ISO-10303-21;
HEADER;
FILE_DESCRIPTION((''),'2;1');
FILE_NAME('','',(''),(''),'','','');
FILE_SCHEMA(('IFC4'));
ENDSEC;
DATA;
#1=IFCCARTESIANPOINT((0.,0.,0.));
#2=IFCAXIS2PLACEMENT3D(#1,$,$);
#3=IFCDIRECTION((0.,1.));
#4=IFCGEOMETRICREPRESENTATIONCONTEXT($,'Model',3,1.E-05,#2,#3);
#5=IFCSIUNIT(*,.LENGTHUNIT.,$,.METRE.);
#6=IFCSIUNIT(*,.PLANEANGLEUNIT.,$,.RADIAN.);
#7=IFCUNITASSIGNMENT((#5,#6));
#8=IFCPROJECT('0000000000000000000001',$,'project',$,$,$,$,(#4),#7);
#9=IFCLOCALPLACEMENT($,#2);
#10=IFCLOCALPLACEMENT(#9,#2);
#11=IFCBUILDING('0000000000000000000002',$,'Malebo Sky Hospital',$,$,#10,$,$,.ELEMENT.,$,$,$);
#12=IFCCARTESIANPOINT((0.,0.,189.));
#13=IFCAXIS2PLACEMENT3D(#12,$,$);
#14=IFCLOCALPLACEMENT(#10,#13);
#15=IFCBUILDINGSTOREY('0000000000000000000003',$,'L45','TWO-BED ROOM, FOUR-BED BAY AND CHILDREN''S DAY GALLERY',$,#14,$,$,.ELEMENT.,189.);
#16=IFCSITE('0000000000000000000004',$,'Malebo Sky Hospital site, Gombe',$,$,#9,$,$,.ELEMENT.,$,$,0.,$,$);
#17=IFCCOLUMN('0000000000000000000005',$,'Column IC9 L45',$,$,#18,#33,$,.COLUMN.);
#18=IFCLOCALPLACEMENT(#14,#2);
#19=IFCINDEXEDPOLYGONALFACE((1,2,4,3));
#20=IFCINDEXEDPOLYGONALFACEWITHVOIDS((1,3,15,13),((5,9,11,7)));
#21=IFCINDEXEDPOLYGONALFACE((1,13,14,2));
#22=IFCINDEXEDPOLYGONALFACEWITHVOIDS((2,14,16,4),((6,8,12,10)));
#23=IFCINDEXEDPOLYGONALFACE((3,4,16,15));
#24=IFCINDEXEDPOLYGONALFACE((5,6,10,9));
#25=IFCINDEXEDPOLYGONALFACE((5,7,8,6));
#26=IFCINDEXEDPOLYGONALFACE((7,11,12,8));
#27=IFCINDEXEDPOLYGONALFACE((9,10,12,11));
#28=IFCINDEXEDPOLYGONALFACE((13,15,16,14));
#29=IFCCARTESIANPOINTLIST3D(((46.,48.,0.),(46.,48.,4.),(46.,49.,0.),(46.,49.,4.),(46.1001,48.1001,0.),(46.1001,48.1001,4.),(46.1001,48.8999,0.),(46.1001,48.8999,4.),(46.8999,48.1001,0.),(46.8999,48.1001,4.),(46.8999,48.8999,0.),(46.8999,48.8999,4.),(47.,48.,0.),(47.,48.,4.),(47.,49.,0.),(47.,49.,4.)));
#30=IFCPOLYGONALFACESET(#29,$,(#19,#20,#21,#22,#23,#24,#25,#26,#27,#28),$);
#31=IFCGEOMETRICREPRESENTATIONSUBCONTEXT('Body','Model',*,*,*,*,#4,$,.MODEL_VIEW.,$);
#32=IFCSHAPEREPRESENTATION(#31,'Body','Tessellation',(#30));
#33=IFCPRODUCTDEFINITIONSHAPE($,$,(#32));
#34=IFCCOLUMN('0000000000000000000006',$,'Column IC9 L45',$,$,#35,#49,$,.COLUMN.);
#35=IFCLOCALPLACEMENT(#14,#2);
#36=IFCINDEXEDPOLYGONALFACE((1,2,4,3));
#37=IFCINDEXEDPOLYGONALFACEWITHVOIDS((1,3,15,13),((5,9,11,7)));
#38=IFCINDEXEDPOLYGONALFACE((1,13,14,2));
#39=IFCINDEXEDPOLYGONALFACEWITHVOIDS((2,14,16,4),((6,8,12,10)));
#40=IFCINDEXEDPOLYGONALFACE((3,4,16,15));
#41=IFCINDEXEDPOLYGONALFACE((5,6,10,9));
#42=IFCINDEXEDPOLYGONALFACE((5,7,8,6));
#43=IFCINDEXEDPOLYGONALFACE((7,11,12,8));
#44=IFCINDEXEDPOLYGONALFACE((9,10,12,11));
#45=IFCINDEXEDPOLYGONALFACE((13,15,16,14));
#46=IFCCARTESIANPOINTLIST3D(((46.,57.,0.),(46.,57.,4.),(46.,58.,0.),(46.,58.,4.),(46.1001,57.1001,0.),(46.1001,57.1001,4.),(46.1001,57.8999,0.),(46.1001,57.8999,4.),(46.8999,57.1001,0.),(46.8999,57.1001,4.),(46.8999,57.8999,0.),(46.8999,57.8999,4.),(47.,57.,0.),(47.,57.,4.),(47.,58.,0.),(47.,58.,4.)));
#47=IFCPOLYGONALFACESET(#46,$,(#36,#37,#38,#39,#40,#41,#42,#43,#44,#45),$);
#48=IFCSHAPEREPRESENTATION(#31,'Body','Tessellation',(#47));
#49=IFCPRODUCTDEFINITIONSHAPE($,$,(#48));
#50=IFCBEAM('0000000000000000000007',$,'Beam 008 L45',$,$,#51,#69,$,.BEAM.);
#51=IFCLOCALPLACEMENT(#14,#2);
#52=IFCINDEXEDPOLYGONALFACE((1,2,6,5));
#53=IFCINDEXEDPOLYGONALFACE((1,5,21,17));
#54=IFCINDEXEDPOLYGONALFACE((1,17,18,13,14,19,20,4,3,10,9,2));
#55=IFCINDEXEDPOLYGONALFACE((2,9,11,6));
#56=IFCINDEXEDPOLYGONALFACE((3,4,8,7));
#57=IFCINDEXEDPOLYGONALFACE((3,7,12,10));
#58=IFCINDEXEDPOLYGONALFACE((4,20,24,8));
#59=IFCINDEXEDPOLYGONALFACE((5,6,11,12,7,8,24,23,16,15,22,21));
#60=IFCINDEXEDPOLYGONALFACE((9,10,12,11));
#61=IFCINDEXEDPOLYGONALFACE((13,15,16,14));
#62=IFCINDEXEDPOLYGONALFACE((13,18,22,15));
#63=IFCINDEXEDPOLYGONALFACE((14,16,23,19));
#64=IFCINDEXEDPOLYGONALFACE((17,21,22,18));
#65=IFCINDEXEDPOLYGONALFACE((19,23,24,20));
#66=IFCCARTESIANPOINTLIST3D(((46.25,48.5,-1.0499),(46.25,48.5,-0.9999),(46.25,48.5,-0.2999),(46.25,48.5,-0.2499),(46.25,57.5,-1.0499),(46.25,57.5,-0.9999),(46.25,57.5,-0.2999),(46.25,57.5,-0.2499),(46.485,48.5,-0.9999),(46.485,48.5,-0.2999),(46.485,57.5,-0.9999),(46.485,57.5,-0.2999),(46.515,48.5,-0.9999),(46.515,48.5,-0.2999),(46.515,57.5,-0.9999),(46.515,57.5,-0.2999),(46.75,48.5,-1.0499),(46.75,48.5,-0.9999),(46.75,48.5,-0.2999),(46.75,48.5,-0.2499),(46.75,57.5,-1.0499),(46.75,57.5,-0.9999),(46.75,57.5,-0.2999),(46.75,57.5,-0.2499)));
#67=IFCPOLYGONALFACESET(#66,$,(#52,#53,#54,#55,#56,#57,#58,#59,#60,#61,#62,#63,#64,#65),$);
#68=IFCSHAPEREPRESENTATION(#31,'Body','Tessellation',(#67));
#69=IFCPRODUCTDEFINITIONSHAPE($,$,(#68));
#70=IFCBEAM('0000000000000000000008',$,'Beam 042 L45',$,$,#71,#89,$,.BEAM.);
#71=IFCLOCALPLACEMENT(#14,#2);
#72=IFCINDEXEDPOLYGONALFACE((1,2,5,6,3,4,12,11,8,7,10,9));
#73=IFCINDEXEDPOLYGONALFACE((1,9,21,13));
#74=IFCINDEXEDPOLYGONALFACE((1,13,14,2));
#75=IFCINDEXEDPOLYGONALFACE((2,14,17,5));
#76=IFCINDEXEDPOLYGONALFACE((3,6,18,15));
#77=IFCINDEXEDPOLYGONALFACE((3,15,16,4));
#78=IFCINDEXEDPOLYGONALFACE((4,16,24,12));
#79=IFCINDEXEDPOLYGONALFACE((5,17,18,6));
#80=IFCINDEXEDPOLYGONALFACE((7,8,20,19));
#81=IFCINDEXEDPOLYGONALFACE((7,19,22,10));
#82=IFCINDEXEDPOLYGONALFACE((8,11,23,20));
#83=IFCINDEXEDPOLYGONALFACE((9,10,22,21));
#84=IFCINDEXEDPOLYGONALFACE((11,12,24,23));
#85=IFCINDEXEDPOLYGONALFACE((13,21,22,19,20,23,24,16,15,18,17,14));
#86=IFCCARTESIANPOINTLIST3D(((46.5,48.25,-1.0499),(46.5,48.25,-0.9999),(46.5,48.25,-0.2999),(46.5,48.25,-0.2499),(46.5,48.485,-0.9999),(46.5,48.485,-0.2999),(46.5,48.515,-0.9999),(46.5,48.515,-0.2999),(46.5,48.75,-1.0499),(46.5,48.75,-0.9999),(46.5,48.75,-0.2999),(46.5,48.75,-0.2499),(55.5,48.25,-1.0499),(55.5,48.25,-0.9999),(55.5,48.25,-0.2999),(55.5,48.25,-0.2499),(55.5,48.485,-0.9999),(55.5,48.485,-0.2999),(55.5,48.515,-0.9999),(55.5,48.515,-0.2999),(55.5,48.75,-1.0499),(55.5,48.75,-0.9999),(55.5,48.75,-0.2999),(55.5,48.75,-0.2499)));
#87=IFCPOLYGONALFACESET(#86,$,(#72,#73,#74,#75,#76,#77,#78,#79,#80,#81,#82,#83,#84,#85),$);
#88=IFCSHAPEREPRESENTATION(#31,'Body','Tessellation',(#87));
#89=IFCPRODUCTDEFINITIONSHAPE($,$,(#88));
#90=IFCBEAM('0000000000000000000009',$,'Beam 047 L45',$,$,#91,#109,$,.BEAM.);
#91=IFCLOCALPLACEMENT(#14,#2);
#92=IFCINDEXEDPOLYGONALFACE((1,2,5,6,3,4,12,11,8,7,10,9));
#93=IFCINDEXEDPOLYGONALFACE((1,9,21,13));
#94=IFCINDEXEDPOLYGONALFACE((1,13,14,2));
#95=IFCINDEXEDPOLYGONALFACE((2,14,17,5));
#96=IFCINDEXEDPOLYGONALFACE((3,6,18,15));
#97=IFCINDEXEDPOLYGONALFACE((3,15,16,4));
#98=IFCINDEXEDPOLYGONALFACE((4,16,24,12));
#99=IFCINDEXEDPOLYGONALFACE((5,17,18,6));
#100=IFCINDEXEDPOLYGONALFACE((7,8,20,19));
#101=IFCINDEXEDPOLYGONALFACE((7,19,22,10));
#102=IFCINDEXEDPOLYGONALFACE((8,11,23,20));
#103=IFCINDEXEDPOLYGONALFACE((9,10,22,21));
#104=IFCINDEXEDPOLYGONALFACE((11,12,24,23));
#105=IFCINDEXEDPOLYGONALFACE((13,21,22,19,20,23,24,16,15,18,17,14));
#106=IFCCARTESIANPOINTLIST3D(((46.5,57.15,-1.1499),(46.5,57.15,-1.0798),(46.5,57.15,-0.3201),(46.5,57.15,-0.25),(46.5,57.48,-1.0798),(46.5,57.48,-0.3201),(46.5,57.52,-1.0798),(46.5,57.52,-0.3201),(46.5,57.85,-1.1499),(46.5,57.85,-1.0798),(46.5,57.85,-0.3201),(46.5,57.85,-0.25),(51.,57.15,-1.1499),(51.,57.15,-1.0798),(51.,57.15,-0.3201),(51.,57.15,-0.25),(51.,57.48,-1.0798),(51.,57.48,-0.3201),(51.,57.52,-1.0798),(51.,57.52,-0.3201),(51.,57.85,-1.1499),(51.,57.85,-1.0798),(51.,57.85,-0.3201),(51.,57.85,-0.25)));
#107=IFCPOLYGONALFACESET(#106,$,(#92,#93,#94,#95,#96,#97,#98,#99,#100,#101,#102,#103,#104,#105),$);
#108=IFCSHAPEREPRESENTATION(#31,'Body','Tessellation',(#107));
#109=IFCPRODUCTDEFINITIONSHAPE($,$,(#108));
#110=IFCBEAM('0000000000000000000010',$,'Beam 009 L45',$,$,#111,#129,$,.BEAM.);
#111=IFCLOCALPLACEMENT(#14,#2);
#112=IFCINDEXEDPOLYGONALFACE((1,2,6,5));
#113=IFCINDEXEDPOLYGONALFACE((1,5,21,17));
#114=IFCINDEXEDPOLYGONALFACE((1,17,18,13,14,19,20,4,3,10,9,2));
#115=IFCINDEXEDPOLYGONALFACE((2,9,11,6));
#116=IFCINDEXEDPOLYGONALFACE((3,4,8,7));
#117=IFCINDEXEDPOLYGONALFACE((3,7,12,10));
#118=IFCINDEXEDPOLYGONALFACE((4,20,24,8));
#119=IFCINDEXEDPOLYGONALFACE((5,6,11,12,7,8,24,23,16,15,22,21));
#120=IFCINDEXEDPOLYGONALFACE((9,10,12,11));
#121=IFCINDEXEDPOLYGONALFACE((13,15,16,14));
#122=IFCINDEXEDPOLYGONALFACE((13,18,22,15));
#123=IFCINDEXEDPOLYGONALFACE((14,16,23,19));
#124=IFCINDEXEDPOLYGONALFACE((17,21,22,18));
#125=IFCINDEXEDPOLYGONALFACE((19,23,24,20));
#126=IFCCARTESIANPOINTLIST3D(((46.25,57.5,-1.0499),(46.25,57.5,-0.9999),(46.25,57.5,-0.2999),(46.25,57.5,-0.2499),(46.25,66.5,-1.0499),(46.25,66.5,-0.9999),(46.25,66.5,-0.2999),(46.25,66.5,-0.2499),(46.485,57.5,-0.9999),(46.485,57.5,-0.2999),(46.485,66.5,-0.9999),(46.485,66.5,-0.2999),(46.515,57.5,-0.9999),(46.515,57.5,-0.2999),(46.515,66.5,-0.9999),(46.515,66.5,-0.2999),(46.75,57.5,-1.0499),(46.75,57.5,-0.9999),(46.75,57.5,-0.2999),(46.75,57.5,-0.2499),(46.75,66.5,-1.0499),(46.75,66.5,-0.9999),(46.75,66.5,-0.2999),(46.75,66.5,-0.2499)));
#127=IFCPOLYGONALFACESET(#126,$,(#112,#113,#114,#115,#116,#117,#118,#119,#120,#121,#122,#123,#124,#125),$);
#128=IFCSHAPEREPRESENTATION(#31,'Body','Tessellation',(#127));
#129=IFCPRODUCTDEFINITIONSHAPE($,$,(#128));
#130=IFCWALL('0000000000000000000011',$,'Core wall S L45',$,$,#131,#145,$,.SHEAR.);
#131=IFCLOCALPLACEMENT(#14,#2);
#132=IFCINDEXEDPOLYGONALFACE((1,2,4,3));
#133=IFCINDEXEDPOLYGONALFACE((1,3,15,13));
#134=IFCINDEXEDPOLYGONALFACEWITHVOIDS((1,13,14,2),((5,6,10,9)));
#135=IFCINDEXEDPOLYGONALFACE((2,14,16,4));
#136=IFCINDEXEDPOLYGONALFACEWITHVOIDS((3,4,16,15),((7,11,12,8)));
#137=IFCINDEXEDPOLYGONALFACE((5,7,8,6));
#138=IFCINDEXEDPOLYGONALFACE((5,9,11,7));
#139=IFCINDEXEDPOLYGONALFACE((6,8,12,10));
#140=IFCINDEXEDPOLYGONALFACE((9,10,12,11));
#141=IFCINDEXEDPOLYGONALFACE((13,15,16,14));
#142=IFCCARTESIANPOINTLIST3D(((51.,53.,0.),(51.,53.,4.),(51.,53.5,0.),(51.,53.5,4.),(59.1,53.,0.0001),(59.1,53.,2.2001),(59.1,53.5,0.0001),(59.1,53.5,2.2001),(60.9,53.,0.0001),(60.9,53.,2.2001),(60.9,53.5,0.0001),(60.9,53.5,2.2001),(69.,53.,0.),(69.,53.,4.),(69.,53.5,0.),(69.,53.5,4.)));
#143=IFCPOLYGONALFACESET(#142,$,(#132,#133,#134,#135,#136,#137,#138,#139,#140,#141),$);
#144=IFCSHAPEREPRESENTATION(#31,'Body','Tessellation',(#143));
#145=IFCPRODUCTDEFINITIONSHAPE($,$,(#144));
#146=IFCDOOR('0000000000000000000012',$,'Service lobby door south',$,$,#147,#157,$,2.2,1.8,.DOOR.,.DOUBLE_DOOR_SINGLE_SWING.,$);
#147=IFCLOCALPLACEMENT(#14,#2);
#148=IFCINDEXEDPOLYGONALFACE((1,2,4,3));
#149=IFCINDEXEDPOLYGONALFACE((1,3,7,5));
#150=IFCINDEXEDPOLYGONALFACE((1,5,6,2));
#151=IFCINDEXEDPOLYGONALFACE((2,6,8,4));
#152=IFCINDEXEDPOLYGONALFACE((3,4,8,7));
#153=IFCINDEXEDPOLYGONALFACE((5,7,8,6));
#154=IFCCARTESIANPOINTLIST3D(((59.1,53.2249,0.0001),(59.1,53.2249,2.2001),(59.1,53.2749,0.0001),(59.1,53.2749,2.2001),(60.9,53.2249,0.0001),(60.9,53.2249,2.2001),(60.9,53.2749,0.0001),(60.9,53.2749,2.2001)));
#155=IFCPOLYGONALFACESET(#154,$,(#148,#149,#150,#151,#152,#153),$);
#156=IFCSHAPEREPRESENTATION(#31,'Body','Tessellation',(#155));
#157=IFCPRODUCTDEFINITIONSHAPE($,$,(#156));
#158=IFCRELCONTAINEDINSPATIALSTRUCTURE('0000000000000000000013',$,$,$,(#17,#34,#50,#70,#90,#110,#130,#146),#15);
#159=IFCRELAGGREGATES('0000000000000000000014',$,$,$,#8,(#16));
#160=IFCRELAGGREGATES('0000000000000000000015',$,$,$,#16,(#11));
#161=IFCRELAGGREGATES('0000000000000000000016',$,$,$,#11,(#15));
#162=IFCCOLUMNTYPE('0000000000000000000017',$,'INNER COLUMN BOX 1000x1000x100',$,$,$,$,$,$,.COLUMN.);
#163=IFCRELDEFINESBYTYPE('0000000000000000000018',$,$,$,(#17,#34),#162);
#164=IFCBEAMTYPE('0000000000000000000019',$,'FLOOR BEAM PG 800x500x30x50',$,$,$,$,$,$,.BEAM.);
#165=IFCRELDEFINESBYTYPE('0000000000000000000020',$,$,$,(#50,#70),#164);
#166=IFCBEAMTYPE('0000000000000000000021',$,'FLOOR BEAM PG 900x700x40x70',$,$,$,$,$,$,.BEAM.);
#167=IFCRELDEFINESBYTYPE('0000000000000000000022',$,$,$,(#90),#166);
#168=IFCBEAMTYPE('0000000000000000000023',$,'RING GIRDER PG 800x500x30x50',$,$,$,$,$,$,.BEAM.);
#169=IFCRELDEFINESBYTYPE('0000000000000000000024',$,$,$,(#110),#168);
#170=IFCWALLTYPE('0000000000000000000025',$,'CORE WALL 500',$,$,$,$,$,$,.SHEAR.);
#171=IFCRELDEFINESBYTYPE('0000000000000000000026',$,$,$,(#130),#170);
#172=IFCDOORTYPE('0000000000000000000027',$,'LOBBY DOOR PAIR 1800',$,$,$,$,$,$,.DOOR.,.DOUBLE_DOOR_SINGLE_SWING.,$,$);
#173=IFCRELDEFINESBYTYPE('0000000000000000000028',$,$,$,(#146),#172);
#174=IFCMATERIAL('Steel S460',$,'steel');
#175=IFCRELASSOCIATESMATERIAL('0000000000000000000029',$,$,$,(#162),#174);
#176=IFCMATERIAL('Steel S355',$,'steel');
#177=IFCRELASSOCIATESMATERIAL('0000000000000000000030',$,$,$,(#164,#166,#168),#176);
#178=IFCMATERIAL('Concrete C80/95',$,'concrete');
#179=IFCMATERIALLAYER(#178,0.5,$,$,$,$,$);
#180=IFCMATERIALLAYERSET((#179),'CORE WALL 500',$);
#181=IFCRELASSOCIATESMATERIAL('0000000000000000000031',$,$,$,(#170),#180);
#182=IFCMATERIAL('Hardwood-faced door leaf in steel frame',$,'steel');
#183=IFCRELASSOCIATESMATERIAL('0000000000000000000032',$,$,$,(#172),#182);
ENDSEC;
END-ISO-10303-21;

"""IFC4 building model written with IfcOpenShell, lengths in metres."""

from ifc_helpers import new_model, si_unit, direction, frame, frame_2d, origin, origin_2d, place, context, subcontext, project, spatial, rectangle, hollow_rectangle, i_section, extrude, material, layer, layer_set, material_profile, profile_set, type_object, element, fill, save


model = new_model("IFC4")

# Units and contexts
model_context = context("Model", 3, precision=1e-05, world=origin(), true_north=direction((0.0, 1.0)))
body_context = subcontext(model_context, "Body", "Model", "MODEL_VIEW")
ifc_project = project(units=[si_unit("LENGTHUNIT", "METRE"), si_unit("PLANEANGLEUNIT", "RADIAN")], contexts=[model_context])

# Site, building, storey
site_placement = place(None, origin())
site = spatial("IfcSite", under=ifc_project, at=site_placement, Name="Malebo Sky Hospital site, Gombe", CompositionType="ELEMENT", RefElevation=0.0)
building_placement = place(site_placement, origin())
building = spatial("IfcBuilding", under=site, at=building_placement, Name="Malebo Sky Hospital", CompositionType="ELEMENT")
storey_placement = place(building_placement, frame((0.0, 0.0, 189.0)))
storey = spatial("IfcBuildingStorey", under=building, at=storey_placement, Name="L45", Description="TWO-BED ROOM, FOUR-BED BAY AND CHILDREN'S DAY GALLERY", CompositionType="ELEMENT", Elevation=189.0)

# Columns
ifc_material_1 = material(Name="Steel S460", Category="steel")
ifc_material_profile_1 = material_profile(ifc_material_1, hollow_rectangle(XDim=1.0, YDim=1.0, WallThickness=0.1001, at=origin_2d()), Name="BOX 1000x1000x100")
ifc_profile_set_1 = profile_set([ifc_material_profile_1], Name="Steel S460")
column_type = type_object("IfcColumnType", Name="INNER COLUMN BOX 1000x1000x100", PredefinedType="COLUMN", material=ifc_profile_set_1)
for number, where, z_axis, x_axis, name in (
    (1, (46.5, 48.5, 0.0), (0.0, 0.0, 1.0), (1.0, 0.0, 0.0), "Column IC9 L45"),
    (2, (46.5, 57.5, 0.0), (0.0, 0.0, 1.0), (1.0, 0.0, 0.0), "Column IC9 L45"),
):
    element("IfcColumn", number, at=place(storey_placement, frame(where, z_axis=z_axis, x_axis=x_axis)), inside=storey, type_object=column_type, Name=name, PredefinedType="COLUMN", context=body_context, shape_type="SweptSolid", body=[
        extrude(hollow_rectangle(XDim=1.0, YDim=1.0, WallThickness=0.1001, at=origin_2d()), origin(), (0.0, 0.0, 1.0), 4.0),
    ])

# Beams
ifc_material_2 = material(Name="Steel S355", Category="steel")
ifc_material_profile_2 = material_profile(ifc_material_2, i_section(OverallWidth=0.5, OverallDepth=0.8, WebThickness=0.03, FlangeThickness=0.05, at=origin_2d()), Name="PG 800x500x30x50")
ifc_profile_set_2 = profile_set([ifc_material_profile_2], Name="Steel S355")
beam_type_1 = type_object("IfcBeamType", Name="FLOOR BEAM PG 800x500x30x50", PredefinedType="BEAM", material=ifc_profile_set_2)
for number, where, z_axis, x_axis, name in (
    (3, (46.5, 48.5, -0.6499), (0.0, 1.0, 0.0), (-1.0, 0.0, 0.0), "Beam 008 L45"),
    (4, (46.5, 48.5, -0.6499), (1.0, 0.0, 0.0), (0.0, 1.0, 0.0), "Beam 042 L45"),
):
    element("IfcBeam", number, at=place(storey_placement, frame(where, z_axis=z_axis, x_axis=x_axis)), inside=storey, type_object=beam_type_1, Name=name, PredefinedType="BEAM", context=body_context, shape_type="SweptSolid", body=[
        extrude(i_section(OverallWidth=0.5, OverallDepth=0.8, WebThickness=0.03, FlangeThickness=0.05, at=origin_2d()), origin(), (0.0, 0.0, 1.0), 9.0),
    ])
ifc_material_profile_3 = material_profile(ifc_material_2, i_section(OverallWidth=0.7, OverallDepth=0.8999, WebThickness=0.04, FlangeThickness=0.0701, at=origin_2d()), Name="PG 900x700x40x70")
ifc_profile_set_3 = profile_set([ifc_material_profile_3], Name="Steel S355")
beam_type_2 = type_object("IfcBeamType", Name="FLOOR BEAM PG 900x700x40x70", PredefinedType="BEAM", material=ifc_profile_set_3)
beam_1_placement = place(storey_placement, frame((46.5, 57.5, -0.7), z_axis=(1.0, 0.0, 0.0), x_axis=(0.0, 1.0, 0.0)))
element("IfcBeam", 5, at=beam_1_placement, inside=storey, type_object=beam_type_2, Name="Beam 047 L45", PredefinedType="BEAM", context=body_context, shape_type="SweptSolid", body=[
    extrude(i_section(OverallWidth=0.7, OverallDepth=0.8999, WebThickness=0.04, FlangeThickness=0.0701, at=origin_2d()), origin(), (0.0, 0.0, 1.0), 4.5),
])
ifc_material_profile_4 = material_profile(ifc_material_2, i_section(OverallWidth=0.5, OverallDepth=0.8, WebThickness=0.03, FlangeThickness=0.05, at=origin_2d()), Name="PG 800x500x30x50")
ifc_profile_set_4 = profile_set([ifc_material_profile_4], Name="Steel S355")
beam_type_3 = type_object("IfcBeamType", Name="RING GIRDER PG 800x500x30x50", PredefinedType="BEAM", material=ifc_profile_set_4)
beam_2_placement = place(storey_placement, frame((46.5, 57.5, -0.6499), z_axis=(0.0, 1.0, 0.0), x_axis=(-1.0, 0.0, 0.0)))
element("IfcBeam", 6, at=beam_2_placement, inside=storey, type_object=beam_type_3, Name="Beam 009 L45", PredefinedType="BEAM", context=body_context, shape_type="SweptSolid", body=[
    extrude(i_section(OverallWidth=0.5, OverallDepth=0.8, WebThickness=0.03, FlangeThickness=0.05, at=origin_2d()), origin(), (0.0, 0.0, 1.0), 9.0),
])

# Wall, opening, door
ifc_material_3 = material(Name="Concrete C80/95", Category="concrete")
ifc_layer_1 = layer(ifc_material_3, 0.5)
ifc_layer_set_1 = layer_set([ifc_layer_1], Name="CORE WALL 500")
wall_type_1 = type_object("IfcWallType", Name="CORE WALL 500", PredefinedType="SHEAR", material=ifc_layer_set_1)
wall_1_placement = place(storey_placement, frame((51.0, 53.25, 0.0), z_axis=(0.0, 0.0, 1.0), x_axis=(1.0, 0.0, 0.0)))
wall_1 = element("IfcWall", 7, at=wall_1_placement, inside=storey, type_object=wall_type_1, Name="Core wall S L45", PredefinedType="SHEAR", context=body_context, shape_type="SweptSolid", body=[
    extrude(rectangle(XDim=18.0, YDim=0.5, at=frame_2d((9.0, 0.0))), origin(), (0.0, 0.0, 1.0), 4.0),
])
opening_1_placement = place(wall_1_placement, frame((8.1001, 0.0, 0.0)))
opening_1 = element("IfcOpeningElement", 8, at=opening_1_placement, cuts=wall_1, PredefinedType="OPENING", context=body_context, shape_type="SweptSolid", body=[
    extrude(rectangle(XDim=1.8, YDim=2.2, at=frame_2d((0.8999, 1.1001))), frame((0.0, 0.26, 0.0), z_axis=(0.0, -1.0, 0.0), x_axis=(1.0, 0.0, 0.0)), (0.0, 0.0, 1.0), 0.52),
])
ifc_material_4 = material(Name="Hardwood-faced door leaf in steel frame", Category="steel")
door_type_1 = type_object("IfcDoorType", Name="LOBBY DOOR PAIR 1800", OperationType="DOUBLE_DOOR_SINGLE_SWING", PredefinedType="DOOR", material=ifc_material_4)
door_1_placement = place(opening_1_placement, origin())
door_1 = element("IfcDoor", 9, at=door_1_placement, inside=storey, type_object=door_type_1, Name="Service lobby door south", OperationType="DOUBLE_DOOR_SINGLE_SWING", OverallHeight=2.2, OverallWidth=1.8, PredefinedType="DOOR", context=body_context, shape_type="SweptSolid", body=[
    extrude(rectangle(XDim=1.8, YDim=2.2, at=frame_2d((0.8999, 1.1001))), frame((0.0, 0.0249, 0.0), z_axis=(0.0, -1.0, 0.0), x_axis=(1.0, 0.0, 0.0)), (0.0, 0.0, 1.0), 0.05),
])
fill(opening_1, door_1)

save(model, "model.ifc")
